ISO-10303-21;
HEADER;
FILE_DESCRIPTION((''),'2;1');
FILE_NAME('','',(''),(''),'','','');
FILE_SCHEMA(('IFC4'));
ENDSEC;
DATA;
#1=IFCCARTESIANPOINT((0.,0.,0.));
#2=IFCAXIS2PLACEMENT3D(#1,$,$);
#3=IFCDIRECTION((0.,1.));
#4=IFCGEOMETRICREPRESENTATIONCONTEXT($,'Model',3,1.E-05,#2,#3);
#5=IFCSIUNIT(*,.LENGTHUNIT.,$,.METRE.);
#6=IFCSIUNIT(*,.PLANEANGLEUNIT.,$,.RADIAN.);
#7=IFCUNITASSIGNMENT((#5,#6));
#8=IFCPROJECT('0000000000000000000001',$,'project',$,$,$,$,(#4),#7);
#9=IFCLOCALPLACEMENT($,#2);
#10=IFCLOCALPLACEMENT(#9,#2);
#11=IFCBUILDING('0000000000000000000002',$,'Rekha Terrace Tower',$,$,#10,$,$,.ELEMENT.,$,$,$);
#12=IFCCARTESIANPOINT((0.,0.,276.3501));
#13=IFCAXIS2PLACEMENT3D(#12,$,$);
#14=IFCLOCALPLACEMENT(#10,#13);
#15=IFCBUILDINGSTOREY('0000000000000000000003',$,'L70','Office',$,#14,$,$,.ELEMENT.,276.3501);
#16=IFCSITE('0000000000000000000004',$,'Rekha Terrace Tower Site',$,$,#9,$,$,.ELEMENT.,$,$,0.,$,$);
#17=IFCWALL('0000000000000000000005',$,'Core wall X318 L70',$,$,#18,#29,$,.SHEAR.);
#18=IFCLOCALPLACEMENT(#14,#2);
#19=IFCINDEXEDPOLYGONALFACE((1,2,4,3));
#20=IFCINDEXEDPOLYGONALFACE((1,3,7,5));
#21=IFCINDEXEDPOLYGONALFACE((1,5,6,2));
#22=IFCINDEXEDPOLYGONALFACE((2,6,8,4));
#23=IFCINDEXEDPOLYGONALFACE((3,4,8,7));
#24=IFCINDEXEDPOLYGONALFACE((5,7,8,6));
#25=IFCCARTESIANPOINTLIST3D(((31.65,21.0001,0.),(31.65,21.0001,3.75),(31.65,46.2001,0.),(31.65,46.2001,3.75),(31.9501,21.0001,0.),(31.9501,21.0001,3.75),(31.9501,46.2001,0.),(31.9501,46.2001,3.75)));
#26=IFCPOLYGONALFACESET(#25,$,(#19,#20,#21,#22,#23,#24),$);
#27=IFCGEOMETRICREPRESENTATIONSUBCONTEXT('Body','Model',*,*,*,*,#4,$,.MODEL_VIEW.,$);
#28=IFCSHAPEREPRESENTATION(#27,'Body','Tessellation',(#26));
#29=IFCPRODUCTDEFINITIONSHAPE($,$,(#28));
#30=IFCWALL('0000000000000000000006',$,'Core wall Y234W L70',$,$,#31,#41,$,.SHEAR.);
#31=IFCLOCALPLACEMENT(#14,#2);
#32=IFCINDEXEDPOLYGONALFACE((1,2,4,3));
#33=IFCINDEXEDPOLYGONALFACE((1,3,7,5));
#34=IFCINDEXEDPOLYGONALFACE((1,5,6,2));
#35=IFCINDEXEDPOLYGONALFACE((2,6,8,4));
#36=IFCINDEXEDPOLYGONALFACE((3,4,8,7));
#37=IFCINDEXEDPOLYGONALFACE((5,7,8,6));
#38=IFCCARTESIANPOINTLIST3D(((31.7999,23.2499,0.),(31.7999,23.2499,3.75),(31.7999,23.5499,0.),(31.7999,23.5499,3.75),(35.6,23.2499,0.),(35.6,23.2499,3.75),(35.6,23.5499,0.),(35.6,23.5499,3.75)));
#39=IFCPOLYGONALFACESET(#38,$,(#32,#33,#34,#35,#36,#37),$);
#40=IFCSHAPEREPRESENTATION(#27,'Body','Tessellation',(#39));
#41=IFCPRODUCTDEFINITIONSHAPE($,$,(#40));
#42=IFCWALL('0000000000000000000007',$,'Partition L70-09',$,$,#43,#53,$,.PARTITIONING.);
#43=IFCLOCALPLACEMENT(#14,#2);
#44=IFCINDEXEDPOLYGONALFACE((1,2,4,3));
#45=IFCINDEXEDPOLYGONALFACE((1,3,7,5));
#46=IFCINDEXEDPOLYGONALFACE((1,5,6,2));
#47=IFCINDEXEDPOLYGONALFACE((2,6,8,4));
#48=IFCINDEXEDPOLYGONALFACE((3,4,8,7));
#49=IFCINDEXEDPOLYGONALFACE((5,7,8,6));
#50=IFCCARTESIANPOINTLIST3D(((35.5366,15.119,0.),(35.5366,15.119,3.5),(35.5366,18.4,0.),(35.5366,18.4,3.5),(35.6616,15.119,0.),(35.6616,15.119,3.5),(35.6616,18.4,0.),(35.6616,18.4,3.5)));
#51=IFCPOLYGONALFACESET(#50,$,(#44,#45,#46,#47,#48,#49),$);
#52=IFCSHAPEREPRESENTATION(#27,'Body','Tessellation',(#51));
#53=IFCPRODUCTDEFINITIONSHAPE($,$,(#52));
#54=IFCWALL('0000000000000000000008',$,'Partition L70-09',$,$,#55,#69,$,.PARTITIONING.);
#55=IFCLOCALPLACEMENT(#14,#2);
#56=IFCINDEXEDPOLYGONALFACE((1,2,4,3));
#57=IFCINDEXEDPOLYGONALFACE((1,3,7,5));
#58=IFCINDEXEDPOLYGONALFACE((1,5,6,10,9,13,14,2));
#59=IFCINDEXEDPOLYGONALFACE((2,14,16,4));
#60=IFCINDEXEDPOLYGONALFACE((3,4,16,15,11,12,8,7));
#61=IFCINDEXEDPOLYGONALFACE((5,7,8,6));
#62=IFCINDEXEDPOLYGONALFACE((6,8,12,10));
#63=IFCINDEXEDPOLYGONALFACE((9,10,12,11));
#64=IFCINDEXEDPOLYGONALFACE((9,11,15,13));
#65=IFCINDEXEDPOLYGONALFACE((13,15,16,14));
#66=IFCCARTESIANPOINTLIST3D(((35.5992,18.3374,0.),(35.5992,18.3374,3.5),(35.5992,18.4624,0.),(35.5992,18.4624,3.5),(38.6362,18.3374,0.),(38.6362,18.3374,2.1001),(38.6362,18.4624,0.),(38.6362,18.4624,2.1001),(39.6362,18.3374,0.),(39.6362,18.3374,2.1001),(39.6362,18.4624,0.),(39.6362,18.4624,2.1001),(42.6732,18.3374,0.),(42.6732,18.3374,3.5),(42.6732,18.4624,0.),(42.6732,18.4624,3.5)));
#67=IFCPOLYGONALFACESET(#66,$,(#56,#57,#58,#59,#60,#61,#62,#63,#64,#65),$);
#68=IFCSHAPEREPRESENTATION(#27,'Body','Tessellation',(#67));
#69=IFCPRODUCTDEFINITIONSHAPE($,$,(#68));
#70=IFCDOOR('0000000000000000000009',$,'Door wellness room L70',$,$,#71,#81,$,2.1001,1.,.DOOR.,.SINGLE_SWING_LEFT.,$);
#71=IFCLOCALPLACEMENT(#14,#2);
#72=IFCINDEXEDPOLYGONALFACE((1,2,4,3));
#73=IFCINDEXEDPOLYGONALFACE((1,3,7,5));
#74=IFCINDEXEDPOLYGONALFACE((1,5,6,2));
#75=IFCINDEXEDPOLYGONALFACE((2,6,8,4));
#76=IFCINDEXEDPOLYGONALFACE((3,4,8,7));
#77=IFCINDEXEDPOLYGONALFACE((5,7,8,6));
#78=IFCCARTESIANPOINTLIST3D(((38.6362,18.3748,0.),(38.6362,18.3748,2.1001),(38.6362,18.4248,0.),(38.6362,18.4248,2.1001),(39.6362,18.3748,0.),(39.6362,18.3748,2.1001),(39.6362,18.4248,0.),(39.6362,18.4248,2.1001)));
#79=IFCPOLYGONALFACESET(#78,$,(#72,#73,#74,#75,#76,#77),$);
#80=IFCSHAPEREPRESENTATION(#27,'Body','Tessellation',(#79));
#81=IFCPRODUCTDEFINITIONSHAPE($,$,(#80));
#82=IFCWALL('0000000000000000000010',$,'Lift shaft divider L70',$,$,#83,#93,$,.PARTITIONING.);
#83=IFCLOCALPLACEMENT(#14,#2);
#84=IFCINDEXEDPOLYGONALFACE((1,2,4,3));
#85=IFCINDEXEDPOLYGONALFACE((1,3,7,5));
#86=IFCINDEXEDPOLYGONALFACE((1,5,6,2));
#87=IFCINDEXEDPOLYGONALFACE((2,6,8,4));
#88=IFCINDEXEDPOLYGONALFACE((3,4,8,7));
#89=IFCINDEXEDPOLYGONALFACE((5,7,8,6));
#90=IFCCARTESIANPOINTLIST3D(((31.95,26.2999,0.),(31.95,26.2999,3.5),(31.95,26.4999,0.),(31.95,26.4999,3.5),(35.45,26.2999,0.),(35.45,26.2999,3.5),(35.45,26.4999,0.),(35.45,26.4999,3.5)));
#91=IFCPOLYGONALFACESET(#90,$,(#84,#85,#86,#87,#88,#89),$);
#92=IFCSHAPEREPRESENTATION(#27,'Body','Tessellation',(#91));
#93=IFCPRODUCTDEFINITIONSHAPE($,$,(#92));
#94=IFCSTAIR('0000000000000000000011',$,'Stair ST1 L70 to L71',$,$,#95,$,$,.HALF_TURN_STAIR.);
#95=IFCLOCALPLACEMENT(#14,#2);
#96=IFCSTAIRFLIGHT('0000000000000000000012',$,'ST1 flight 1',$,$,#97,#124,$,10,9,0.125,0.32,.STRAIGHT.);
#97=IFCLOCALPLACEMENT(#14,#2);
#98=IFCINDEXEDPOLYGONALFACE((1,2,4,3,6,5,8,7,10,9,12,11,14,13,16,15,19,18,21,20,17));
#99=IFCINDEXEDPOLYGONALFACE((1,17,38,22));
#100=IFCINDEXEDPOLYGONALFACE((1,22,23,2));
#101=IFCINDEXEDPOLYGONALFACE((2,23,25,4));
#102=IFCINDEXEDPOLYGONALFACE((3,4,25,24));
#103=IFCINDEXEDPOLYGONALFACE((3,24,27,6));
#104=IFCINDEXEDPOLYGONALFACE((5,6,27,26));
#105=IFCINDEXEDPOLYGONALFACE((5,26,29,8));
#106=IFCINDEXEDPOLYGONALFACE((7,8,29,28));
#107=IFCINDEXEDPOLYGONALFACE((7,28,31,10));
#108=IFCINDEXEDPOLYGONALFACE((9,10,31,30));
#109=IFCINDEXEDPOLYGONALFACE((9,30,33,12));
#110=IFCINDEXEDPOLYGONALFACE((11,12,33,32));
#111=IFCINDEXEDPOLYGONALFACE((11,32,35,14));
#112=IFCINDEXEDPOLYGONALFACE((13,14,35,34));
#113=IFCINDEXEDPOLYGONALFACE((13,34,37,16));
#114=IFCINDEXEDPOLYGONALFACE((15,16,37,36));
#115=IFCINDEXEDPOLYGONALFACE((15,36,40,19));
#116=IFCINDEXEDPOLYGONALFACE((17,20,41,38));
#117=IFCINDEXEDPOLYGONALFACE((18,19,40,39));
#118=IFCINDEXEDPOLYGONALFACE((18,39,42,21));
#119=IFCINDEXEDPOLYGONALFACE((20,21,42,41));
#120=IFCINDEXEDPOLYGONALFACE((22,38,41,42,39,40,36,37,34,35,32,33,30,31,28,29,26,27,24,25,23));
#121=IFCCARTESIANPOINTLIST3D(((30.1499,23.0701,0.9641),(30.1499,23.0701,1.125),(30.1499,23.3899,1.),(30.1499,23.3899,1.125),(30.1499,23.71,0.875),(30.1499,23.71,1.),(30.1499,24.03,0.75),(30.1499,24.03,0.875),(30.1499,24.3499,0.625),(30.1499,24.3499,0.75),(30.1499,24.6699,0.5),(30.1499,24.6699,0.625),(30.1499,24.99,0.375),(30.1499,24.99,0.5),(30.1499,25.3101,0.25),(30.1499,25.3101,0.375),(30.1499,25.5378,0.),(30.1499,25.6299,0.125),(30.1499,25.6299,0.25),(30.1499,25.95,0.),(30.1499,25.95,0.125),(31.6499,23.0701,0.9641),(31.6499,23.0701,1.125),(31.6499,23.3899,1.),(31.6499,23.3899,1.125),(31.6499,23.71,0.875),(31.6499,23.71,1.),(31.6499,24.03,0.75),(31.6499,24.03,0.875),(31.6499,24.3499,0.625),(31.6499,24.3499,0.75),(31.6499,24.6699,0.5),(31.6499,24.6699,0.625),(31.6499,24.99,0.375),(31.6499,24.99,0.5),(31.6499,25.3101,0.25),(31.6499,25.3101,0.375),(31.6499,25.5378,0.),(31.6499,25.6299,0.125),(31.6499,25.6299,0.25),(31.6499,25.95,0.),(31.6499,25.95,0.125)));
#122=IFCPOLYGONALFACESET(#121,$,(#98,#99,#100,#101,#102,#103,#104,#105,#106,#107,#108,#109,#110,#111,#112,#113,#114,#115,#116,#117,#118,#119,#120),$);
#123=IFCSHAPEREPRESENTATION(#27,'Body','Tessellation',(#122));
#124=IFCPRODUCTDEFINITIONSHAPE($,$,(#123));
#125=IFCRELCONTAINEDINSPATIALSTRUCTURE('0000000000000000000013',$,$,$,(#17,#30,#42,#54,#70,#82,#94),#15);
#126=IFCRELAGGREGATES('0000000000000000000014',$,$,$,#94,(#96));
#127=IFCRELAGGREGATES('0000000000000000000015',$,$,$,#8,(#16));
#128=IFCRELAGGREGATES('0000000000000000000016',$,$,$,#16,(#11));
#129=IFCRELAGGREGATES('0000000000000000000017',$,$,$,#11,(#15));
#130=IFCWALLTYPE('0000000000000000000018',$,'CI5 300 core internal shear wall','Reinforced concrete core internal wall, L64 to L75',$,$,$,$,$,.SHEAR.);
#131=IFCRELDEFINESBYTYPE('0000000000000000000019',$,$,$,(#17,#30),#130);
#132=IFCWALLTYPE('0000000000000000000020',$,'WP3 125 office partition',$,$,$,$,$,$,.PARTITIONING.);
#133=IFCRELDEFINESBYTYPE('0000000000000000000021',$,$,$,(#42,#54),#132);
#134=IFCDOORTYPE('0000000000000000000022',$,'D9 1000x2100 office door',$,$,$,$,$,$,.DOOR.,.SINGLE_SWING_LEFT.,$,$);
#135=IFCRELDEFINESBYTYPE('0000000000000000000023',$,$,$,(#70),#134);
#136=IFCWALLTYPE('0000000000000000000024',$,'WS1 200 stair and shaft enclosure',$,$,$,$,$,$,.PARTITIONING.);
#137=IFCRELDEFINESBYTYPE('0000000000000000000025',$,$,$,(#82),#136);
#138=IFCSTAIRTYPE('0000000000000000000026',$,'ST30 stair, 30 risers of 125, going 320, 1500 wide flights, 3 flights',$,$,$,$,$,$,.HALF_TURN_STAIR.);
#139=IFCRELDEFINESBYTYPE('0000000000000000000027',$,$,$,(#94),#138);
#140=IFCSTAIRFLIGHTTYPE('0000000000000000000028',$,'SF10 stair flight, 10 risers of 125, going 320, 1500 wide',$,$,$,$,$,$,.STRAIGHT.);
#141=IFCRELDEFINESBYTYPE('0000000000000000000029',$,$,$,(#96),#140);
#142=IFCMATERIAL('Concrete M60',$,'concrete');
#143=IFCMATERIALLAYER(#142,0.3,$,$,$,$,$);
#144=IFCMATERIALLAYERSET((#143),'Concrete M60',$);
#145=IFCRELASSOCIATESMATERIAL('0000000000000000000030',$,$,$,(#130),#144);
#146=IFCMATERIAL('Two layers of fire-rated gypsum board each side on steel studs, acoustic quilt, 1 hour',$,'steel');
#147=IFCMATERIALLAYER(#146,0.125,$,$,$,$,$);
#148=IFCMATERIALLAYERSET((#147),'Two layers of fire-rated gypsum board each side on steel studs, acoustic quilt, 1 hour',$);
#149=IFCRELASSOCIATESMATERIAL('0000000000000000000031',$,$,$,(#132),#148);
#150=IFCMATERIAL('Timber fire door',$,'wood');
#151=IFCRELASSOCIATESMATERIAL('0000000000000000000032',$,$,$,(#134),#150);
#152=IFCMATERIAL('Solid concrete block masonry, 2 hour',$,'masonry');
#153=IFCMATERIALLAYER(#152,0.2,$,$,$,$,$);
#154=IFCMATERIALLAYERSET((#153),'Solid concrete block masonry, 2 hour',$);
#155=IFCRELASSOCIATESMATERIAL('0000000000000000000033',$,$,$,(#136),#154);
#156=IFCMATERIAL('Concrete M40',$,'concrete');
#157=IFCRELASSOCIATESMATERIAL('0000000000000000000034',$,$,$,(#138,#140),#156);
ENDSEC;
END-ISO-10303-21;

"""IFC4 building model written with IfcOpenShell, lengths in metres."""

from ifc_helpers import new_model, si_unit, direction, frame, frame_2d, origin, place, context, subcontext, project, spatial, polyline, rectangle, outline, extrude, material, layer, layer_set, type_object, element, fill, aggregate, save


model = new_model("IFC4")

# Units and contexts
model_context = context("Model", 3, precision=1e-05, world=origin(), true_north=direction((0.0, 1.0)))
body_context = subcontext(model_context, "Body", "Model", "MODEL_VIEW")
ifc_project = project(units=[si_unit("LENGTHUNIT", "METRE"), si_unit("PLANEANGLEUNIT", "RADIAN")], contexts=[model_context])

# Site, building, storey
site_placement = place(None, origin())
site = spatial("IfcSite", under=ifc_project, at=site_placement, Name="Rekha Terrace Tower Site", CompositionType="ELEMENT", RefElevation=0.0)
building_placement = place(site_placement, origin())
building = spatial("IfcBuilding", under=site, at=building_placement, Name="Rekha Terrace Tower", CompositionType="ELEMENT")
storey_placement = place(building_placement, frame((0.0, 0.0, 276.3501)))
storey = spatial("IfcBuildingStorey", under=building, at=storey_placement, Name="L70", Description="Office", CompositionType="ELEMENT", Elevation=276.3501)

# Shared definitions
ifc_material_1 = material(Name="Concrete M60", Category="concrete")

# Walls
ifc_layer_1 = layer(ifc_material_1, 0.3)
ifc_layer_set_1 = layer_set([ifc_layer_1], Name="Concrete M60")
wall_type_1 = type_object("IfcWallType", Name="CI5 300 core internal shear wall", Description="Reinforced concrete core internal wall, L64 to L75", PredefinedType="SHEAR", material=ifc_layer_set_1)
wall_1_placement = place(storey_placement, frame((31.8, 21.0, 0.0), z_axis=(0.0, 0.0, 1.0), x_axis=(0.0, 1.0, 0.0)))
element("IfcWall", 1, at=wall_1_placement, inside=storey, type_object=wall_type_1, Name="Core wall X318 L70", PredefinedType="SHEAR", context=body_context, shape_type="SweptSolid", body=[
    extrude(rectangle(XDim=25.2, YDim=0.3, at=frame_2d((12.6001, 0.0))), origin(), (0.0, 0.0, 1.0), 3.75),
])
wall_2_placement = place(storey_placement, frame((31.8, 23.3999, 0.0), z_axis=(0.0, 0.0, 1.0), x_axis=(1.0, 0.0, 0.0)))
element("IfcWall", 2, at=wall_2_placement, inside=storey, type_object=wall_type_1, Name="Core wall Y234W L70", PredefinedType="SHEAR", context=body_context, shape_type="SweptSolid", body=[
    extrude(rectangle(XDim=3.8, YDim=0.3, at=frame_2d((1.8999, 0.0))), origin(), (0.0, 0.0, 1.0), 3.75),
])
ifc_material_2 = material(Name="Two layers of fire-rated gypsum board each side on steel studs, acoustic quilt, 1 hour", Category="steel")
ifc_layer_2 = layer(ifc_material_2, 0.125)
ifc_layer_set_2 = layer_set([ifc_layer_2], Name="Two layers of fire-rated gypsum board each side on steel studs, acoustic quilt, 1 hour")
wall_type_2 = type_object("IfcWallType", Name="WP3 125 office partition", PredefinedType="PARTITIONING", material=ifc_layer_set_2)
wall_3_placement = place(storey_placement, frame((35.5991, 15.1189, 0.0), z_axis=(0.0, 0.0, 1.0), x_axis=(0.0, 1.0, 0.0)))
element("IfcWall", 3, at=wall_3_placement, inside=storey, type_object=wall_type_2, Name="Partition L70-09", PredefinedType="PARTITIONING", context=body_context, shape_type="SweptSolid", body=[
    extrude(rectangle(XDim=3.281, YDim=0.125, at=frame_2d((1.6406, 0.0))), origin(), (0.0, 0.0, 1.0), 3.5),
])

# Wall, opening, door
wall_4_placement = place(storey_placement, frame((35.5991, 18.3999, 0.0), z_axis=(0.0, 0.0, 1.0), x_axis=(1.0, 0.0, 0.0)))
wall_4 = element("IfcWall", 4, at=wall_4_placement, inside=storey, type_object=wall_type_2, Name="Partition L70-09", PredefinedType="PARTITIONING", context=body_context, shape_type="SweptSolid", body=[
    extrude(rectangle(XDim=7.074, YDim=0.125, at=frame_2d((3.5371, 0.0))), origin(), (0.0, 0.0, 1.0), 3.5),
])
opening_placement = place(wall_4_placement, frame((3.0371, 0.0, 0.0)))
opening = element("IfcOpeningElement", 5, at=opening_placement, cuts=wall_4, PredefinedType="OPENING", context=body_context, shape_type="SweptSolid", body=[
    extrude(rectangle(XDim=1.0, YDim=2.1001, at=frame_2d((0.5, 1.05))), frame((0.0, 0.0725, 0.0), z_axis=(0.0, -1.0, 0.0), x_axis=(1.0, 0.0, 0.0)), (0.0, 0.0, 1.0), 0.145),
])
ifc_material_3 = material(Name="Timber fire door", Category="wood")
door_type = type_object("IfcDoorType", Name="D9 1000x2100 office door", OperationType="SINGLE_SWING_LEFT", PredefinedType="DOOR", material=ifc_material_3)
door_placement = place(opening_placement, origin())
door = element("IfcDoor", 6, at=door_placement, inside=storey, type_object=door_type, Name="Door wellness room L70", OperationType="SINGLE_SWING_LEFT", OverallHeight=2.1001, OverallWidth=1.0, PredefinedType="DOOR", context=body_context, shape_type="SweptSolid", body=[
    extrude(rectangle(XDim=1.0, YDim=2.1001, at=frame_2d((0.5, 1.05))), frame((0.0, 0.0249, 0.0), z_axis=(0.0, -1.0, 0.0), x_axis=(1.0, 0.0, 0.0)), (0.0, 0.0, 1.0), 0.05),
])
fill(opening, door)

# Wall
ifc_material_4 = material(Name="Solid concrete block masonry, 2 hour", Category="masonry")
ifc_layer_3 = layer(ifc_material_4, 0.2)
ifc_layer_set_3 = layer_set([ifc_layer_3], Name="Solid concrete block masonry, 2 hour")
wall_type_3 = type_object("IfcWallType", Name="WS1 200 stair and shaft enclosure", PredefinedType="PARTITIONING", material=ifc_layer_set_3)
wall_5_placement = place(storey_placement, frame((31.95, 26.3999, 0.0), z_axis=(0.0, 0.0, 1.0), x_axis=(1.0, 0.0, 0.0)))
element("IfcWall", 7, at=wall_5_placement, inside=storey, type_object=wall_type_3, Name="Lift shaft divider L70", PredefinedType="PARTITIONING", context=body_context, shape_type="SweptSolid", body=[
    extrude(rectangle(XDim=3.5, YDim=0.2, at=frame_2d((1.75, 0.0))), origin(), (0.0, 0.0, 1.0), 3.5),
])

# Stair, stair flight
ifc_material_5 = material(Name="Concrete M40", Category="concrete")
stair_type = type_object("IfcStairType", Name="ST30 stair, 30 risers of 125, going 320, 1500 wide flights, 3 flights", PredefinedType="HALF_TURN_STAIR", material=ifc_material_5)
stair_placement = place(storey_placement, origin())
stair = element("IfcStair", 8, at=stair_placement, inside=storey, type_object=stair_type, Name="Stair ST1 L70 to L71", PredefinedType="HALF_TURN_STAIR")
stair_flight_type = type_object("IfcStairFlightType", Name="SF10 stair flight, 10 risers of 125, going 320, 1500 wide", PredefinedType="STRAIGHT", material=ifc_material_5)
stair_flight_placement = place(storey_placement, frame((30.8999, 25.95, 0.0), z_axis=(0.0, 0.0, 1.0), x_axis=(0.0, -1.0, 0.0)))
stair_flight = element("IfcStairFlight", 9, at=stair_flight_placement, type_object=stair_flight_type, Name="ST1 flight 1", NumberOfRisers=10, NumberOfTreads=9, PredefinedType="STRAIGHT", RiserHeight=0.125, TreadLength=0.32, context=body_context, shape_type="SweptSolid", body=[
    extrude(outline(polyline([(0.0, 0.0), (0.0, 0.125), (0.3201, 0.125), (0.3201, 0.25), (0.6399, 0.25), (0.6399, 0.375), (0.96, 0.375), (0.96, 0.5), (1.28, 0.5), (1.28, 0.625), (1.6001, 0.625), (1.6001, 0.75), (1.9199, 0.75), (1.9199, 0.875), (2.24, 0.875), (2.24, 1.0), (2.5601, 1.0), (2.5601, 1.125), (2.8799, 1.125), (2.8799, 1.25), (2.8799, 0.9641), (0.4121, 0.0), (0.0, 0.0)])), frame((0.0, 0.75, 0.0), z_axis=(0.0, -1.0, 0.0), x_axis=(1.0, 0.0, 0.0)), (0.0, 0.0, 1.0), 1.5),
])
aggregate(stair, [stair_flight])

save(model, "model.ifc")
